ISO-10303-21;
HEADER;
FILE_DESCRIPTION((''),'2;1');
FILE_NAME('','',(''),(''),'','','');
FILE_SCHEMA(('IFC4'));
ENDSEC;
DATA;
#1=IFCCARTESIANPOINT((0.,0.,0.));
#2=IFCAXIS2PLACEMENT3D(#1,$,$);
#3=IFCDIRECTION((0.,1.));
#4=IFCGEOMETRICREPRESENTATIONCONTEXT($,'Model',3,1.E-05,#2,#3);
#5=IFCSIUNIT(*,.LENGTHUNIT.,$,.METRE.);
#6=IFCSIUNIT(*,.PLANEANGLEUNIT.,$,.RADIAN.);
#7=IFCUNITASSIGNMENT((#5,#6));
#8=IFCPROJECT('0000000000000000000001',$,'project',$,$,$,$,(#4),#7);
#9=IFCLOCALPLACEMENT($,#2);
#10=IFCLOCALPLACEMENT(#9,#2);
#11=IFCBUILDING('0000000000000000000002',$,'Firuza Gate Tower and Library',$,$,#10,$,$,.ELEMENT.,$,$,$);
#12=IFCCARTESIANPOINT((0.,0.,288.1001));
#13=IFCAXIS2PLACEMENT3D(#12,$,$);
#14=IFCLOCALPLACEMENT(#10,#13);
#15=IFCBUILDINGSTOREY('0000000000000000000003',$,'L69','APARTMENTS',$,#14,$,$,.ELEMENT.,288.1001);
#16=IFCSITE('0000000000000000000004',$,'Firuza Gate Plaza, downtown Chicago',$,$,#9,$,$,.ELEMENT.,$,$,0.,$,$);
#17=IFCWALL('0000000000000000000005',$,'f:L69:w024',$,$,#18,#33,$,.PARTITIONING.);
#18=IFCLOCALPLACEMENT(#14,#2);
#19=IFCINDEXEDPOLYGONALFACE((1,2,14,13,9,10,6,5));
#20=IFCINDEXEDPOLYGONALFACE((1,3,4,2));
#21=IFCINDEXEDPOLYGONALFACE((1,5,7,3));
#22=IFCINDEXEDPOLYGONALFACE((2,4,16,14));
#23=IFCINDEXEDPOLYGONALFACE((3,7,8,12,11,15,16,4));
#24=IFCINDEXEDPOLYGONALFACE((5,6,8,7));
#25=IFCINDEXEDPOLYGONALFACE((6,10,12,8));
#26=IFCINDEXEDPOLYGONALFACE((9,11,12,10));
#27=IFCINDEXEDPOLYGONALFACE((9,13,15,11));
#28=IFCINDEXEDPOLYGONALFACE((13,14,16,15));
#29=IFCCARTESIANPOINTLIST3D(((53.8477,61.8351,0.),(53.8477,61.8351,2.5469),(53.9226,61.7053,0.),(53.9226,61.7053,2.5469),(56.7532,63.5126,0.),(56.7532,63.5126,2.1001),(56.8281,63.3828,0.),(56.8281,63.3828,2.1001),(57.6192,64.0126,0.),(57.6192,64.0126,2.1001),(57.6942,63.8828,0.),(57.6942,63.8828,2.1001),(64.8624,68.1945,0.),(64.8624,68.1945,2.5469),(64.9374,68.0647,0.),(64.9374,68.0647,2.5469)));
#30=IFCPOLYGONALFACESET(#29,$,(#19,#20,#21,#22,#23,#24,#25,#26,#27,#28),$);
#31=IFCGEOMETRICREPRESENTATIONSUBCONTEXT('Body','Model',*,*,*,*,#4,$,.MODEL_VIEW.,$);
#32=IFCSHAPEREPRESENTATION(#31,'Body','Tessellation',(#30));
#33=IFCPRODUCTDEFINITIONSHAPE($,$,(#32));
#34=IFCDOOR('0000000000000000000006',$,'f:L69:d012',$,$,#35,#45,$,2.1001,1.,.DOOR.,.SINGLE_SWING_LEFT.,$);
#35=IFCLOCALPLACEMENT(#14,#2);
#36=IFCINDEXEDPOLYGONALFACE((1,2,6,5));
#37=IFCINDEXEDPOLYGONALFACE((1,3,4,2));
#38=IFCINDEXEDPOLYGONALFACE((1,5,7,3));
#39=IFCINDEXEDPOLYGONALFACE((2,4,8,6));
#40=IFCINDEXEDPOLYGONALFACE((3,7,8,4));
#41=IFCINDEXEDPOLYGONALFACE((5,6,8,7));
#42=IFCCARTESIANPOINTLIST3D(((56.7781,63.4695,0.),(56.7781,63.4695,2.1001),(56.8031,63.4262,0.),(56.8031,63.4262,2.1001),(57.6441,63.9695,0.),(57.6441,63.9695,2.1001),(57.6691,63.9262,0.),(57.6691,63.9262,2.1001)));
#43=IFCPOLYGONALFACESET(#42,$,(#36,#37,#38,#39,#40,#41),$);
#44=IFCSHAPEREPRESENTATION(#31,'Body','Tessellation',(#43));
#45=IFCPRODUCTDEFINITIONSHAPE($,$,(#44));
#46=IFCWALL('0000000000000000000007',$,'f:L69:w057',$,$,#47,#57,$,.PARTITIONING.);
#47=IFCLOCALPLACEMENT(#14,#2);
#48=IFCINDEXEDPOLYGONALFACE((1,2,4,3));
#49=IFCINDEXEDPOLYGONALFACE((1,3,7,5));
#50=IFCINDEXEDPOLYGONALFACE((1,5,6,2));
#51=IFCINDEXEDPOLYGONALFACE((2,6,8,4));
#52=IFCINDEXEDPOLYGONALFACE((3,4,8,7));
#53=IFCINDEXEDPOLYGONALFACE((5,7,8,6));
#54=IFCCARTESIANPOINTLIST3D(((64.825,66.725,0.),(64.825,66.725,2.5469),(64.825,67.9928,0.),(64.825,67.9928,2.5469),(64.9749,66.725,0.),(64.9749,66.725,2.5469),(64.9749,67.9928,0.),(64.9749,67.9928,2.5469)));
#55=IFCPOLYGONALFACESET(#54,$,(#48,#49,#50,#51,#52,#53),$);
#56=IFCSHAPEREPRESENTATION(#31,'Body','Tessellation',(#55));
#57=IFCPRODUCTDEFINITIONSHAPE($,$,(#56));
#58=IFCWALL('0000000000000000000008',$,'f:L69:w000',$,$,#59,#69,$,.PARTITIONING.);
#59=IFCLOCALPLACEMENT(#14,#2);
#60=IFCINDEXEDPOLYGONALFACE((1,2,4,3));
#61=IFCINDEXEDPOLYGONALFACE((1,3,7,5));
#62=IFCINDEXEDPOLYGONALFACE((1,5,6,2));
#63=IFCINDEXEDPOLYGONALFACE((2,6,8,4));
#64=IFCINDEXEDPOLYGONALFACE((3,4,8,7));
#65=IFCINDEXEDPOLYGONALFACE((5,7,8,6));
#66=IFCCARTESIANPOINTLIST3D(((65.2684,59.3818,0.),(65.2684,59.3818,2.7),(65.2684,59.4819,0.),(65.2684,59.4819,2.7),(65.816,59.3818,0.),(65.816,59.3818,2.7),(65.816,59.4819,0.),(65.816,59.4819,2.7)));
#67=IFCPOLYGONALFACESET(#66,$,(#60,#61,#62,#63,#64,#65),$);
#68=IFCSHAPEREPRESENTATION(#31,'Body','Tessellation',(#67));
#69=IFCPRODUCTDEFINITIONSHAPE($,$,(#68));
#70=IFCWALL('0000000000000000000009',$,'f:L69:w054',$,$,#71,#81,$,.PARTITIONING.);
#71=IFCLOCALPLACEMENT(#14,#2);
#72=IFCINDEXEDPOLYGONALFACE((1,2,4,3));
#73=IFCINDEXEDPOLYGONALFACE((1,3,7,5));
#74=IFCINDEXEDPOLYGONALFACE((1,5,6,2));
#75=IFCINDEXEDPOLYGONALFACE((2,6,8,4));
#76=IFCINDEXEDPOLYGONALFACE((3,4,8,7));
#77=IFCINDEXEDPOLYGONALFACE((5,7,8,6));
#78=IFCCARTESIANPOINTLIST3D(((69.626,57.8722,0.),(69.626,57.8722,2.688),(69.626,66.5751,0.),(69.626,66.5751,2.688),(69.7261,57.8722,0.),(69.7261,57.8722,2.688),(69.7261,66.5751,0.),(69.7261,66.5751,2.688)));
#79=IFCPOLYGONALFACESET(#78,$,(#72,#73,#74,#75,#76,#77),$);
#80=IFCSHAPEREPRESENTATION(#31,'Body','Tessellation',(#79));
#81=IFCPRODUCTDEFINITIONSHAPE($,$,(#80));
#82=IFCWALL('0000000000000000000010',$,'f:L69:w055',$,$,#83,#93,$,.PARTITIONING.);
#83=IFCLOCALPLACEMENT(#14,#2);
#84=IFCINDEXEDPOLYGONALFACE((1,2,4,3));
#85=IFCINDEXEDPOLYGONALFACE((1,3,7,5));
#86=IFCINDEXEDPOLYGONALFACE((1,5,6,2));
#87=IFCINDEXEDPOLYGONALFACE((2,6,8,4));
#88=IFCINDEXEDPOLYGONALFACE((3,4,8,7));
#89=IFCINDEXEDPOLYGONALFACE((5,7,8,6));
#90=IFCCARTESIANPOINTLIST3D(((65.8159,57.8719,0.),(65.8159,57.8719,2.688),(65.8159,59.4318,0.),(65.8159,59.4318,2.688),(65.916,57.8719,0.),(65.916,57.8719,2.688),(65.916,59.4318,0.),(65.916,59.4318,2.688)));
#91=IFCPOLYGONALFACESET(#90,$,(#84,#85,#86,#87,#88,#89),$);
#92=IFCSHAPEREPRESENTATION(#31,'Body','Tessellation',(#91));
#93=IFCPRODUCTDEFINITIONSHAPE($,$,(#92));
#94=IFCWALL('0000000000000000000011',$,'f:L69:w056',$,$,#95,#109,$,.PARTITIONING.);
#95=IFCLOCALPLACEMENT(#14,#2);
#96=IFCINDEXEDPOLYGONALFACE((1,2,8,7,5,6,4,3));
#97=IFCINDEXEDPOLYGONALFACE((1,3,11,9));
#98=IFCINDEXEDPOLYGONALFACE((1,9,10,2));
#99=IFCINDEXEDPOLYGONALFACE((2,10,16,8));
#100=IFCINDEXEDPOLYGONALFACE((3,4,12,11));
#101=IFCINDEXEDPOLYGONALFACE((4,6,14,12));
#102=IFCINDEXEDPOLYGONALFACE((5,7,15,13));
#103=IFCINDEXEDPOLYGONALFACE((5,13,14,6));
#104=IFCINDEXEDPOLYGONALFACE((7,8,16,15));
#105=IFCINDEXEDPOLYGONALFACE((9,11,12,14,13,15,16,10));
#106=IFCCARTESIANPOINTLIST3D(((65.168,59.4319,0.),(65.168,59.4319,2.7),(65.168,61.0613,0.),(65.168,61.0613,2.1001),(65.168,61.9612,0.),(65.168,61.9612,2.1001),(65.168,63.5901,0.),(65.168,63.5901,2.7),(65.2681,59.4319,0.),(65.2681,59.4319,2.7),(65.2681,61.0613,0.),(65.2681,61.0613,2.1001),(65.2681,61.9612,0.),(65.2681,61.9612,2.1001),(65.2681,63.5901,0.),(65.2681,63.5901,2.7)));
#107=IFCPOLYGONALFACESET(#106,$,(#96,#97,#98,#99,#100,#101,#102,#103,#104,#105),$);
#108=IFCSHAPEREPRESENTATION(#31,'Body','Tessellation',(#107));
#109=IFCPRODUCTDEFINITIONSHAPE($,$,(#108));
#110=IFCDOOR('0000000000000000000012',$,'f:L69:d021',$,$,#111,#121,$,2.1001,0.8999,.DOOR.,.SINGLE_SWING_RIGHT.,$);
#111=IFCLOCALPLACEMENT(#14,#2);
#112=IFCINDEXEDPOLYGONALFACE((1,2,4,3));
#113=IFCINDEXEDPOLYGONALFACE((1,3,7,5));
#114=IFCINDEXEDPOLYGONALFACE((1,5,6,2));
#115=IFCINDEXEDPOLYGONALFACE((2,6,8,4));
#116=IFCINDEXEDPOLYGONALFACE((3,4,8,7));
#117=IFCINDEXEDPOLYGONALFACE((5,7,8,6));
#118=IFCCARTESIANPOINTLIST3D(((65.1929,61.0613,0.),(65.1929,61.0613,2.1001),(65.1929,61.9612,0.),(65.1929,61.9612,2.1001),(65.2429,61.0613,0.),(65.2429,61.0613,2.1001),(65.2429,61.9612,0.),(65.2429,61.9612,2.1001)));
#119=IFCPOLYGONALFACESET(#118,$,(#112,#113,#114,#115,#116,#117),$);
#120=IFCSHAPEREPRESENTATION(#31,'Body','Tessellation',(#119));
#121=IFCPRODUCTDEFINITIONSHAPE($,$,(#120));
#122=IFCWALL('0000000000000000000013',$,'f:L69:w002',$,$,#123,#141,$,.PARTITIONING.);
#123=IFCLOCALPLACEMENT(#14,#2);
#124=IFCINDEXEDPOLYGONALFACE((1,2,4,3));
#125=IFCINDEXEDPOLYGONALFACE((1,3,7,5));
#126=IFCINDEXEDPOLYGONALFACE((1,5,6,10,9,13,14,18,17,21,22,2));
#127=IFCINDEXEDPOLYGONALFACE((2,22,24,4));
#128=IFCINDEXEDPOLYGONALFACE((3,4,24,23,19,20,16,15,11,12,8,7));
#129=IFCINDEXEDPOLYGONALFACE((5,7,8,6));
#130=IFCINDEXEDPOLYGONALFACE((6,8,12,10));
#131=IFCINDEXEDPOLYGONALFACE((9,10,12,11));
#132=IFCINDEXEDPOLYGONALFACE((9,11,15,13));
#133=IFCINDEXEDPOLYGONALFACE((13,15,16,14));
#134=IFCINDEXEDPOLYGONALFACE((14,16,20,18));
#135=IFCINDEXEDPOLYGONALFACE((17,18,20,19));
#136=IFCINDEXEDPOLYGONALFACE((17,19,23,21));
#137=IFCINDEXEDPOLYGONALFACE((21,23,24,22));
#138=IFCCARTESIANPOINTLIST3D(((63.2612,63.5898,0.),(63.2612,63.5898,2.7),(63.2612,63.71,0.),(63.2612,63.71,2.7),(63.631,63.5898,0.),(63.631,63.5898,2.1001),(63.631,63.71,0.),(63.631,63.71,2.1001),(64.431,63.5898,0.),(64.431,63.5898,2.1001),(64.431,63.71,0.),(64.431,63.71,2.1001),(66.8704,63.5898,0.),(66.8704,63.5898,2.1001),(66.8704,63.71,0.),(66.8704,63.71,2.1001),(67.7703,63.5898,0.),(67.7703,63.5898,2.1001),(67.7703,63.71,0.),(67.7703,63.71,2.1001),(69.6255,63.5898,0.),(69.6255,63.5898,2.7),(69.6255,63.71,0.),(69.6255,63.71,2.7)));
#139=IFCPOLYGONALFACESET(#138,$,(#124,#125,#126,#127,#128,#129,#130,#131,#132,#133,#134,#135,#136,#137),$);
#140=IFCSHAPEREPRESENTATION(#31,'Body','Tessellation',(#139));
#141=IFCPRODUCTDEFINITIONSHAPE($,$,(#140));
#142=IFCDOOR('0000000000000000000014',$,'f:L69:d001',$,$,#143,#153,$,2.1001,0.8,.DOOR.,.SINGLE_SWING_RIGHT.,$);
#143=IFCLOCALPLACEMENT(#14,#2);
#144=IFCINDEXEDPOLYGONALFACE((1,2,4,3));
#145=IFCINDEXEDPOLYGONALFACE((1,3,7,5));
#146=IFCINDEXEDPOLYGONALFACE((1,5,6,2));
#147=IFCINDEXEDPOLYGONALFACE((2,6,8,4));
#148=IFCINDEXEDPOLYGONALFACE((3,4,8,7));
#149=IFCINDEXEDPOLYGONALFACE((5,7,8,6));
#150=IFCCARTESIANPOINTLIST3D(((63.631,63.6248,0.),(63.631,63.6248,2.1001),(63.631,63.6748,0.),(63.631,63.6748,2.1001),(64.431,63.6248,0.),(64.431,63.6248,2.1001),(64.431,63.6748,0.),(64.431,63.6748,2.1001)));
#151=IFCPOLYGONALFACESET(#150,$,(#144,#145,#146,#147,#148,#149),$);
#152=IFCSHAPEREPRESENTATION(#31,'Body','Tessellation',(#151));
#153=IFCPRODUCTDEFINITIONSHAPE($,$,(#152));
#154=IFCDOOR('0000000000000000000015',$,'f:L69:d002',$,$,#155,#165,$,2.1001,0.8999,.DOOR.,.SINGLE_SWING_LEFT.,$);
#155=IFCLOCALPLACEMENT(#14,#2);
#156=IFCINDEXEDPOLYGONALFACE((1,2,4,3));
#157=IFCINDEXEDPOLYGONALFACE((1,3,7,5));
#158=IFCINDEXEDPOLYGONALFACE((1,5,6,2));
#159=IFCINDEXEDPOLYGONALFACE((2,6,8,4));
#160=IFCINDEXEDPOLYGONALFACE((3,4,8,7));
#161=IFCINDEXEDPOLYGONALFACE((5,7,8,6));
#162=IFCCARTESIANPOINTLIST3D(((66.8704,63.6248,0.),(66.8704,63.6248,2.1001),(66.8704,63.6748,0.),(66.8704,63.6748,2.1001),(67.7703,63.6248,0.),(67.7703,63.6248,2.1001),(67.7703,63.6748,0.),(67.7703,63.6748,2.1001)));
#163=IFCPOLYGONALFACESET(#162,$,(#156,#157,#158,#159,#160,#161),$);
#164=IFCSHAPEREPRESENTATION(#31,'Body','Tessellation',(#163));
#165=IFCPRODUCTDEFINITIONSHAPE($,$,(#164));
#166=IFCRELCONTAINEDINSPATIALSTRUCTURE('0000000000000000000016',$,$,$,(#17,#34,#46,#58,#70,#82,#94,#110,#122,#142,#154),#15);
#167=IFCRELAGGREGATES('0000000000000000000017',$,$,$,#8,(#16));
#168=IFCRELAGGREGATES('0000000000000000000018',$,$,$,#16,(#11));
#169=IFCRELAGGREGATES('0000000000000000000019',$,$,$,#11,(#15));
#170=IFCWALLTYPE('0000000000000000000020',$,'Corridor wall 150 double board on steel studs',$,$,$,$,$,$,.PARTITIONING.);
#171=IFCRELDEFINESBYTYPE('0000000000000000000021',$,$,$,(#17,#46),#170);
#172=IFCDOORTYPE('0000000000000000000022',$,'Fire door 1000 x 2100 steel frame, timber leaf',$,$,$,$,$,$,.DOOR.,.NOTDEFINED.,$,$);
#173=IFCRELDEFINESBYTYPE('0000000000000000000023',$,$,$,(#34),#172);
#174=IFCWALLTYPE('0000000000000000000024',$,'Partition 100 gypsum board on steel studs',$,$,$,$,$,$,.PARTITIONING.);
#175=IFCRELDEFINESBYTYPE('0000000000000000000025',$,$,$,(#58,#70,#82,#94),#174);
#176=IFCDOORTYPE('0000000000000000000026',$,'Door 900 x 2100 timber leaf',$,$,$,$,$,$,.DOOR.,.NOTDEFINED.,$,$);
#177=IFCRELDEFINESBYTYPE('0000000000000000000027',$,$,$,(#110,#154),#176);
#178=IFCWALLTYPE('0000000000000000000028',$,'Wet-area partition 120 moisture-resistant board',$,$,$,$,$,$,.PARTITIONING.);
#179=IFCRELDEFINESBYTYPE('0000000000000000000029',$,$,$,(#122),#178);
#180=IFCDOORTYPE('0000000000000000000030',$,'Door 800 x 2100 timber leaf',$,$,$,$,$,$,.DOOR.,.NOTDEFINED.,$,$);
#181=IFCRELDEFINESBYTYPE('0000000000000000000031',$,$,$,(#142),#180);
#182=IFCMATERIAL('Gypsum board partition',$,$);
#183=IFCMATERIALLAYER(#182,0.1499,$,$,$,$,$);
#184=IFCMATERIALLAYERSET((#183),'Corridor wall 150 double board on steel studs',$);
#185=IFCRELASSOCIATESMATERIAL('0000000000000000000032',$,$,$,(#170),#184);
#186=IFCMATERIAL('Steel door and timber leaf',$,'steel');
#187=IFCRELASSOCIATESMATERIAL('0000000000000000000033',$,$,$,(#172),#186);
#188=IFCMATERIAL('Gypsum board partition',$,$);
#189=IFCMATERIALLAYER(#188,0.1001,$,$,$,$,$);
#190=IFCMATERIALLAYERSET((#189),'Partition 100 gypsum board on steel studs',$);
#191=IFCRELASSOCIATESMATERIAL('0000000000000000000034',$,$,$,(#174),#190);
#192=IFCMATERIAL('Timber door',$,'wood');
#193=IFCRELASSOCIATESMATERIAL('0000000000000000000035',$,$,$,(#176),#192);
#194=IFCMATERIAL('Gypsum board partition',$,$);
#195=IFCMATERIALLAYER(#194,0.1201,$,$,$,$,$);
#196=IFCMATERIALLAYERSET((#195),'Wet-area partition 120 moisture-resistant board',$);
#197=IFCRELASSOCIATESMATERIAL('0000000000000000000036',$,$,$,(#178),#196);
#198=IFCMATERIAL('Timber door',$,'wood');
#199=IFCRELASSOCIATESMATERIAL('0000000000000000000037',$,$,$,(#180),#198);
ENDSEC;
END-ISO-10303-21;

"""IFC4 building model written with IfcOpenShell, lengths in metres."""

from ifc_helpers import new_model, si_unit, direction, frame, frame_2d, origin, place, context, subcontext, project, spatial, rectangle, extrude, material, layer, layer_set, type_object, element, fill, save


model = new_model("IFC4")

# Units and contexts
model_context = context("Model", 3, precision=1e-05, world=origin(), true_north=direction((0.0, 1.0)))
body_context = subcontext(model_context, "Body", "Model", "MODEL_VIEW")
ifc_project = project(units=[si_unit("LENGTHUNIT", "METRE"), si_unit("PLANEANGLEUNIT", "RADIAN")], contexts=[model_context])

# Site, building, storey
site_placement = place(None, origin())
site = spatial("IfcSite", under=ifc_project, at=site_placement, Name="Firuza Gate Plaza, downtown Chicago", CompositionType="ELEMENT", RefElevation=0.0)
building_placement = place(site_placement, origin())
building = spatial("IfcBuilding", under=site, at=building_placement, Name="Firuza Gate Tower and Library", CompositionType="ELEMENT")
storey_placement = place(building_placement, frame((0.0, 0.0, 288.1001)))
storey = spatial("IfcBuildingStorey", under=building, at=storey_placement, Name="L69", Description="APARTMENTS", CompositionType="ELEMENT", Elevation=288.1001)

# Wall, opening, door
ifc_material_1 = material(Name="Gypsum board partition")
ifc_layer_1 = layer(ifc_material_1, 0.1499)
ifc_layer_set_1 = layer_set([ifc_layer_1], Name="Corridor wall 150 double board on steel studs")
wall_type_1 = type_object("IfcWallType", Name="Corridor wall 150 double board on steel studs", PredefinedType="PARTITIONING", material=ifc_layer_set_1)
wall_1_placement = place(storey_placement, frame((64.8999, 68.1296, 0.0), z_axis=(0.0, 0.0, 1.0), x_axis=(-0.866023, -0.500004, 0.0)))
wall_1 = element("IfcWall", 1, at=wall_1_placement, inside=storey, type_object=wall_type_1, Name="f:L69:w024", PredefinedType="PARTITIONING", context=body_context, shape_type="SweptSolid", body=[
    extrude(rectangle(XDim=12.7188, YDim=0.1499, at=frame_2d((6.3594, 0.0))), origin(), (0.0, 0.0, 1.0), 2.5469),
])
opening_1_placement = place(wall_1_placement, frame((8.3638, 0.0, 0.0)))
opening_1 = element("IfcOpeningElement", 2, at=opening_1_placement, cuts=wall_1, PredefinedType="OPENING", context=body_context, shape_type="SweptSolid", body=[
    extrude(rectangle(XDim=1.0, YDim=2.1001, at=frame_2d((0.5, 1.05))), frame((0.0, 0.085, 0.0), z_axis=(0.0, -1.0, 0.0), x_axis=(1.0, 0.0, 0.0)), (0.0, 0.0, 1.0), 0.1699),
])
ifc_material_2 = material(Name="Steel door and timber leaf", Category="steel")
door_type_1 = type_object("IfcDoorType", Name="Fire door 1000 x 2100 steel frame, timber leaf", OperationType="NOTDEFINED", PredefinedType="DOOR", material=ifc_material_2)
door_1_placement = place(opening_1_placement, origin())
door_1 = element("IfcDoor", 3, at=door_1_placement, inside=storey, type_object=door_type_1, Name="f:L69:d012", OperationType="SINGLE_SWING_LEFT", OverallHeight=2.1001, OverallWidth=1.0, PredefinedType="DOOR", context=body_context, shape_type="SweptSolid", body=[
    extrude(rectangle(XDim=1.0, YDim=2.1001, at=frame_2d((0.5, 1.05))), frame((0.0, 0.0249, 0.0), z_axis=(0.0, -1.0, 0.0), x_axis=(1.0, 0.0, 0.0)), (0.0, 0.0, 1.0), 0.05),
])
fill(opening_1, door_1)

# Walls
wall_2_placement = place(storey_placement, frame((64.8999, 66.7251, 0.0), z_axis=(0.0, 0.0, 1.0), x_axis=(0.0, 1.0, 0.0)))
element("IfcWall", 4, at=wall_2_placement, inside=storey, type_object=wall_type_1, Name="f:L69:w057", PredefinedType="PARTITIONING", context=body_context, shape_type="SweptSolid", body=[
    extrude(rectangle(XDim=1.2678, YDim=0.1499, at=frame_2d((0.6338, 0.0))), origin(), (0.0, 0.0, 1.0), 2.5469),
])
ifc_material_3 = material(Name="Gypsum board partition")
ifc_layer_2 = layer(ifc_material_3, 0.1001)
ifc_layer_set_2 = layer_set([ifc_layer_2], Name="Partition 100 gypsum board on steel studs")
wall_type_2 = type_object("IfcWallType", Name="Partition 100 gypsum board on steel studs", PredefinedType="PARTITIONING", material=ifc_layer_set_2)
wall_3_placement = place(storey_placement, frame((65.2683, 59.4319, 0.0), z_axis=(0.0, 0.0, 1.0), x_axis=(1.0, 0.0, 0.0)))
element("IfcWall", 5, at=wall_3_placement, inside=storey, type_object=wall_type_2, Name="f:L69:w000", PredefinedType="PARTITIONING", context=body_context, shape_type="SweptSolid", body=[
    extrude(rectangle(XDim=0.5476, YDim=0.1001, at=frame_2d((0.2739, 0.0))), origin(), (0.0, 0.0, 1.0), 2.7),
])
wall_4_placement = place(storey_placement, frame((69.676, 57.8721, 0.0), z_axis=(0.0, 0.0, 1.0), x_axis=(0.0, 1.0, 0.0)))
element("IfcWall", 6, at=wall_4_placement, inside=storey, type_object=wall_type_2, Name="f:L69:w054", PredefinedType="PARTITIONING", context=body_context, shape_type="SweptSolid", body=[
    extrude(rectangle(XDim=8.7029, YDim=0.1001, at=frame_2d((4.3516, 0.0))), origin(), (0.0, 0.0, 1.0), 2.688),
])
wall_5_placement = place(storey_placement, frame((65.866, 57.8721, 0.0), z_axis=(0.0, 0.0, 1.0), x_axis=(0.0, 1.0, 0.0)))
element("IfcWall", 7, at=wall_5_placement, inside=storey, type_object=wall_type_2, Name="f:L69:w055", PredefinedType="PARTITIONING", context=body_context, shape_type="SweptSolid", body=[
    extrude(rectangle(XDim=1.5598, YDim=0.1001, at=frame_2d((0.7798, 0.0))), origin(), (0.0, 0.0, 1.0), 2.688),
])

# Wall, opening, door
wall_6_placement = place(storey_placement, frame((65.218, 63.5901, 0.0), z_axis=(0.0, 0.0, 1.0), x_axis=(0.0, -1.0, 0.0)))
wall_6 = element("IfcWall", 8, at=wall_6_placement, inside=storey, type_object=wall_type_2, Name="f:L69:w056", PredefinedType="PARTITIONING", context=body_context, shape_type="SweptSolid", body=[
    extrude(rectangle(XDim=4.1582, YDim=0.1001, at=frame_2d((2.0791, 0.0))), origin(), (0.0, 0.0, 1.0), 2.7),
])
opening_2_placement = place(wall_6_placement, frame((1.6289, 0.0, 0.0)))
opening_2 = element("IfcOpeningElement", 9, at=opening_2_placement, cuts=wall_6, PredefinedType="OPENING", context=body_context, shape_type="SweptSolid", body=[
    extrude(rectangle(XDim=0.8999, YDim=2.1001, at=frame_2d((0.45, 1.05))), frame((0.0, 0.0601, 0.0), z_axis=(0.0, -1.0, 0.0), x_axis=(1.0, 0.0, 0.0)), (0.0, 0.0, 1.0), 0.1201),
])
ifc_material_4 = material(Name="Timber door", Category="wood")
door_type_2 = type_object("IfcDoorType", Name="Door 900 x 2100 timber leaf", OperationType="NOTDEFINED", PredefinedType="DOOR", material=ifc_material_4)
door_2_placement = place(opening_2_placement, origin())
door_2 = element("IfcDoor", 10, at=door_2_placement, inside=storey, type_object=door_type_2, Name="f:L69:d021", OperationType="SINGLE_SWING_RIGHT", OverallHeight=2.1001, OverallWidth=0.8999, PredefinedType="DOOR", context=body_context, shape_type="SweptSolid", body=[
    extrude(rectangle(XDim=0.8999, YDim=2.1001, at=frame_2d((0.45, 1.05))), frame((0.0, 0.0249, 0.0), z_axis=(0.0, -1.0, 0.0), x_axis=(1.0, 0.0, 0.0)), (0.0, 0.0, 1.0), 0.05),
])
fill(opening_2, door_2)

# Wall, openings, doors
ifc_material_5 = material(Name="Gypsum board partition")
ifc_layer_3 = layer(ifc_material_5, 0.1201)
ifc_layer_set_3 = layer_set([ifc_layer_3], Name="Wet-area partition 120 moisture-resistant board")
wall_type_3 = type_object("IfcWallType", Name="Wet-area partition 120 moisture-resistant board", PredefinedType="PARTITIONING", material=ifc_layer_set_3)
wall_7_placement = place(storey_placement, frame((63.2612, 63.6499, 0.0), z_axis=(0.0, 0.0, 1.0), x_axis=(1.0, 0.0, 0.0)))
wall_7 = element("IfcWall", 11, at=wall_7_placement, inside=storey, type_object=wall_type_3, Name="f:L69:w002", PredefinedType="PARTITIONING", context=body_context, shape_type="SweptSolid", body=[
    extrude(rectangle(XDim=6.3643, YDim=0.1201, at=frame_2d((3.1821, 0.0))), origin(), (0.0, 0.0, 1.0), 2.7),
])
opening_3_placement = place(wall_7_placement, frame((0.3699, 0.0, 0.0)))
opening_3 = element("IfcOpeningElement", 12, at=opening_3_placement, cuts=wall_7, PredefinedType="OPENING", context=body_context, shape_type="SweptSolid", body=[
    extrude(rectangle(XDim=0.8, YDim=2.1001, at=frame_2d((0.3999, 1.05))), frame((0.0, 0.0701, 0.0), z_axis=(0.0, -1.0, 0.0), x_axis=(1.0, 0.0, 0.0)), (0.0, 0.0, 1.0), 0.1401),
])
opening_4_placement = place(wall_7_placement, frame((3.6091, 0.0, 0.0)))
opening_4 = element("IfcOpeningElement", 13, at=opening_4_placement, cuts=wall_7, PredefinedType="OPENING", context=body_context, shape_type="SweptSolid", body=[
    extrude(rectangle(XDim=0.8999, YDim=2.1001, at=frame_2d((0.45, 1.05))), frame((0.0, 0.0701, 0.0), z_axis=(0.0, -1.0, 0.0), x_axis=(1.0, 0.0, 0.0)), (0.0, 0.0, 1.0), 0.1401),
])
ifc_material_6 = material(Name="Timber door", Category="wood")
door_type_3 = type_object("IfcDoorType", Name="Door 800 x 2100 timber leaf", OperationType="NOTDEFINED", PredefinedType="DOOR", material=ifc_material_6)
door_3_placement = place(opening_3_placement, origin())
door_3 = element("IfcDoor", 14, at=door_3_placement, inside=storey, type_object=door_type_3, Name="f:L69:d001", OperationType="SINGLE_SWING_RIGHT", OverallHeight=2.1001, OverallWidth=0.8, PredefinedType="DOOR", context=body_context, shape_type="SweptSolid", body=[
    extrude(rectangle(XDim=0.8, YDim=2.1001, at=frame_2d((0.3999, 1.05))), frame((0.0, 0.0249, 0.0), z_axis=(0.0, -1.0, 0.0), x_axis=(1.0, 0.0, 0.0)), (0.0, 0.0, 1.0), 0.05),
])
fill(opening_3, door_3)
door_4_placement = place(opening_4_placement, origin())
door_4 = element("IfcDoor", 15, at=door_4_placement, inside=storey, type_object=door_type_2, Name="f:L69:d002", OperationType="SINGLE_SWING_LEFT", OverallHeight=2.1001, OverallWidth=0.8999, PredefinedType="DOOR", context=body_context, shape_type="SweptSolid", body=[
    extrude(rectangle(XDim=0.8999, YDim=2.1001, at=frame_2d((0.45, 1.05))), frame((0.0, 0.0249, 0.0), z_axis=(0.0, -1.0, 0.0), x_axis=(1.0, 0.0, 0.0)), (0.0, 0.0, 1.0), 0.05),
])
fill(opening_4, door_4)

save(model, "model.ifc")
